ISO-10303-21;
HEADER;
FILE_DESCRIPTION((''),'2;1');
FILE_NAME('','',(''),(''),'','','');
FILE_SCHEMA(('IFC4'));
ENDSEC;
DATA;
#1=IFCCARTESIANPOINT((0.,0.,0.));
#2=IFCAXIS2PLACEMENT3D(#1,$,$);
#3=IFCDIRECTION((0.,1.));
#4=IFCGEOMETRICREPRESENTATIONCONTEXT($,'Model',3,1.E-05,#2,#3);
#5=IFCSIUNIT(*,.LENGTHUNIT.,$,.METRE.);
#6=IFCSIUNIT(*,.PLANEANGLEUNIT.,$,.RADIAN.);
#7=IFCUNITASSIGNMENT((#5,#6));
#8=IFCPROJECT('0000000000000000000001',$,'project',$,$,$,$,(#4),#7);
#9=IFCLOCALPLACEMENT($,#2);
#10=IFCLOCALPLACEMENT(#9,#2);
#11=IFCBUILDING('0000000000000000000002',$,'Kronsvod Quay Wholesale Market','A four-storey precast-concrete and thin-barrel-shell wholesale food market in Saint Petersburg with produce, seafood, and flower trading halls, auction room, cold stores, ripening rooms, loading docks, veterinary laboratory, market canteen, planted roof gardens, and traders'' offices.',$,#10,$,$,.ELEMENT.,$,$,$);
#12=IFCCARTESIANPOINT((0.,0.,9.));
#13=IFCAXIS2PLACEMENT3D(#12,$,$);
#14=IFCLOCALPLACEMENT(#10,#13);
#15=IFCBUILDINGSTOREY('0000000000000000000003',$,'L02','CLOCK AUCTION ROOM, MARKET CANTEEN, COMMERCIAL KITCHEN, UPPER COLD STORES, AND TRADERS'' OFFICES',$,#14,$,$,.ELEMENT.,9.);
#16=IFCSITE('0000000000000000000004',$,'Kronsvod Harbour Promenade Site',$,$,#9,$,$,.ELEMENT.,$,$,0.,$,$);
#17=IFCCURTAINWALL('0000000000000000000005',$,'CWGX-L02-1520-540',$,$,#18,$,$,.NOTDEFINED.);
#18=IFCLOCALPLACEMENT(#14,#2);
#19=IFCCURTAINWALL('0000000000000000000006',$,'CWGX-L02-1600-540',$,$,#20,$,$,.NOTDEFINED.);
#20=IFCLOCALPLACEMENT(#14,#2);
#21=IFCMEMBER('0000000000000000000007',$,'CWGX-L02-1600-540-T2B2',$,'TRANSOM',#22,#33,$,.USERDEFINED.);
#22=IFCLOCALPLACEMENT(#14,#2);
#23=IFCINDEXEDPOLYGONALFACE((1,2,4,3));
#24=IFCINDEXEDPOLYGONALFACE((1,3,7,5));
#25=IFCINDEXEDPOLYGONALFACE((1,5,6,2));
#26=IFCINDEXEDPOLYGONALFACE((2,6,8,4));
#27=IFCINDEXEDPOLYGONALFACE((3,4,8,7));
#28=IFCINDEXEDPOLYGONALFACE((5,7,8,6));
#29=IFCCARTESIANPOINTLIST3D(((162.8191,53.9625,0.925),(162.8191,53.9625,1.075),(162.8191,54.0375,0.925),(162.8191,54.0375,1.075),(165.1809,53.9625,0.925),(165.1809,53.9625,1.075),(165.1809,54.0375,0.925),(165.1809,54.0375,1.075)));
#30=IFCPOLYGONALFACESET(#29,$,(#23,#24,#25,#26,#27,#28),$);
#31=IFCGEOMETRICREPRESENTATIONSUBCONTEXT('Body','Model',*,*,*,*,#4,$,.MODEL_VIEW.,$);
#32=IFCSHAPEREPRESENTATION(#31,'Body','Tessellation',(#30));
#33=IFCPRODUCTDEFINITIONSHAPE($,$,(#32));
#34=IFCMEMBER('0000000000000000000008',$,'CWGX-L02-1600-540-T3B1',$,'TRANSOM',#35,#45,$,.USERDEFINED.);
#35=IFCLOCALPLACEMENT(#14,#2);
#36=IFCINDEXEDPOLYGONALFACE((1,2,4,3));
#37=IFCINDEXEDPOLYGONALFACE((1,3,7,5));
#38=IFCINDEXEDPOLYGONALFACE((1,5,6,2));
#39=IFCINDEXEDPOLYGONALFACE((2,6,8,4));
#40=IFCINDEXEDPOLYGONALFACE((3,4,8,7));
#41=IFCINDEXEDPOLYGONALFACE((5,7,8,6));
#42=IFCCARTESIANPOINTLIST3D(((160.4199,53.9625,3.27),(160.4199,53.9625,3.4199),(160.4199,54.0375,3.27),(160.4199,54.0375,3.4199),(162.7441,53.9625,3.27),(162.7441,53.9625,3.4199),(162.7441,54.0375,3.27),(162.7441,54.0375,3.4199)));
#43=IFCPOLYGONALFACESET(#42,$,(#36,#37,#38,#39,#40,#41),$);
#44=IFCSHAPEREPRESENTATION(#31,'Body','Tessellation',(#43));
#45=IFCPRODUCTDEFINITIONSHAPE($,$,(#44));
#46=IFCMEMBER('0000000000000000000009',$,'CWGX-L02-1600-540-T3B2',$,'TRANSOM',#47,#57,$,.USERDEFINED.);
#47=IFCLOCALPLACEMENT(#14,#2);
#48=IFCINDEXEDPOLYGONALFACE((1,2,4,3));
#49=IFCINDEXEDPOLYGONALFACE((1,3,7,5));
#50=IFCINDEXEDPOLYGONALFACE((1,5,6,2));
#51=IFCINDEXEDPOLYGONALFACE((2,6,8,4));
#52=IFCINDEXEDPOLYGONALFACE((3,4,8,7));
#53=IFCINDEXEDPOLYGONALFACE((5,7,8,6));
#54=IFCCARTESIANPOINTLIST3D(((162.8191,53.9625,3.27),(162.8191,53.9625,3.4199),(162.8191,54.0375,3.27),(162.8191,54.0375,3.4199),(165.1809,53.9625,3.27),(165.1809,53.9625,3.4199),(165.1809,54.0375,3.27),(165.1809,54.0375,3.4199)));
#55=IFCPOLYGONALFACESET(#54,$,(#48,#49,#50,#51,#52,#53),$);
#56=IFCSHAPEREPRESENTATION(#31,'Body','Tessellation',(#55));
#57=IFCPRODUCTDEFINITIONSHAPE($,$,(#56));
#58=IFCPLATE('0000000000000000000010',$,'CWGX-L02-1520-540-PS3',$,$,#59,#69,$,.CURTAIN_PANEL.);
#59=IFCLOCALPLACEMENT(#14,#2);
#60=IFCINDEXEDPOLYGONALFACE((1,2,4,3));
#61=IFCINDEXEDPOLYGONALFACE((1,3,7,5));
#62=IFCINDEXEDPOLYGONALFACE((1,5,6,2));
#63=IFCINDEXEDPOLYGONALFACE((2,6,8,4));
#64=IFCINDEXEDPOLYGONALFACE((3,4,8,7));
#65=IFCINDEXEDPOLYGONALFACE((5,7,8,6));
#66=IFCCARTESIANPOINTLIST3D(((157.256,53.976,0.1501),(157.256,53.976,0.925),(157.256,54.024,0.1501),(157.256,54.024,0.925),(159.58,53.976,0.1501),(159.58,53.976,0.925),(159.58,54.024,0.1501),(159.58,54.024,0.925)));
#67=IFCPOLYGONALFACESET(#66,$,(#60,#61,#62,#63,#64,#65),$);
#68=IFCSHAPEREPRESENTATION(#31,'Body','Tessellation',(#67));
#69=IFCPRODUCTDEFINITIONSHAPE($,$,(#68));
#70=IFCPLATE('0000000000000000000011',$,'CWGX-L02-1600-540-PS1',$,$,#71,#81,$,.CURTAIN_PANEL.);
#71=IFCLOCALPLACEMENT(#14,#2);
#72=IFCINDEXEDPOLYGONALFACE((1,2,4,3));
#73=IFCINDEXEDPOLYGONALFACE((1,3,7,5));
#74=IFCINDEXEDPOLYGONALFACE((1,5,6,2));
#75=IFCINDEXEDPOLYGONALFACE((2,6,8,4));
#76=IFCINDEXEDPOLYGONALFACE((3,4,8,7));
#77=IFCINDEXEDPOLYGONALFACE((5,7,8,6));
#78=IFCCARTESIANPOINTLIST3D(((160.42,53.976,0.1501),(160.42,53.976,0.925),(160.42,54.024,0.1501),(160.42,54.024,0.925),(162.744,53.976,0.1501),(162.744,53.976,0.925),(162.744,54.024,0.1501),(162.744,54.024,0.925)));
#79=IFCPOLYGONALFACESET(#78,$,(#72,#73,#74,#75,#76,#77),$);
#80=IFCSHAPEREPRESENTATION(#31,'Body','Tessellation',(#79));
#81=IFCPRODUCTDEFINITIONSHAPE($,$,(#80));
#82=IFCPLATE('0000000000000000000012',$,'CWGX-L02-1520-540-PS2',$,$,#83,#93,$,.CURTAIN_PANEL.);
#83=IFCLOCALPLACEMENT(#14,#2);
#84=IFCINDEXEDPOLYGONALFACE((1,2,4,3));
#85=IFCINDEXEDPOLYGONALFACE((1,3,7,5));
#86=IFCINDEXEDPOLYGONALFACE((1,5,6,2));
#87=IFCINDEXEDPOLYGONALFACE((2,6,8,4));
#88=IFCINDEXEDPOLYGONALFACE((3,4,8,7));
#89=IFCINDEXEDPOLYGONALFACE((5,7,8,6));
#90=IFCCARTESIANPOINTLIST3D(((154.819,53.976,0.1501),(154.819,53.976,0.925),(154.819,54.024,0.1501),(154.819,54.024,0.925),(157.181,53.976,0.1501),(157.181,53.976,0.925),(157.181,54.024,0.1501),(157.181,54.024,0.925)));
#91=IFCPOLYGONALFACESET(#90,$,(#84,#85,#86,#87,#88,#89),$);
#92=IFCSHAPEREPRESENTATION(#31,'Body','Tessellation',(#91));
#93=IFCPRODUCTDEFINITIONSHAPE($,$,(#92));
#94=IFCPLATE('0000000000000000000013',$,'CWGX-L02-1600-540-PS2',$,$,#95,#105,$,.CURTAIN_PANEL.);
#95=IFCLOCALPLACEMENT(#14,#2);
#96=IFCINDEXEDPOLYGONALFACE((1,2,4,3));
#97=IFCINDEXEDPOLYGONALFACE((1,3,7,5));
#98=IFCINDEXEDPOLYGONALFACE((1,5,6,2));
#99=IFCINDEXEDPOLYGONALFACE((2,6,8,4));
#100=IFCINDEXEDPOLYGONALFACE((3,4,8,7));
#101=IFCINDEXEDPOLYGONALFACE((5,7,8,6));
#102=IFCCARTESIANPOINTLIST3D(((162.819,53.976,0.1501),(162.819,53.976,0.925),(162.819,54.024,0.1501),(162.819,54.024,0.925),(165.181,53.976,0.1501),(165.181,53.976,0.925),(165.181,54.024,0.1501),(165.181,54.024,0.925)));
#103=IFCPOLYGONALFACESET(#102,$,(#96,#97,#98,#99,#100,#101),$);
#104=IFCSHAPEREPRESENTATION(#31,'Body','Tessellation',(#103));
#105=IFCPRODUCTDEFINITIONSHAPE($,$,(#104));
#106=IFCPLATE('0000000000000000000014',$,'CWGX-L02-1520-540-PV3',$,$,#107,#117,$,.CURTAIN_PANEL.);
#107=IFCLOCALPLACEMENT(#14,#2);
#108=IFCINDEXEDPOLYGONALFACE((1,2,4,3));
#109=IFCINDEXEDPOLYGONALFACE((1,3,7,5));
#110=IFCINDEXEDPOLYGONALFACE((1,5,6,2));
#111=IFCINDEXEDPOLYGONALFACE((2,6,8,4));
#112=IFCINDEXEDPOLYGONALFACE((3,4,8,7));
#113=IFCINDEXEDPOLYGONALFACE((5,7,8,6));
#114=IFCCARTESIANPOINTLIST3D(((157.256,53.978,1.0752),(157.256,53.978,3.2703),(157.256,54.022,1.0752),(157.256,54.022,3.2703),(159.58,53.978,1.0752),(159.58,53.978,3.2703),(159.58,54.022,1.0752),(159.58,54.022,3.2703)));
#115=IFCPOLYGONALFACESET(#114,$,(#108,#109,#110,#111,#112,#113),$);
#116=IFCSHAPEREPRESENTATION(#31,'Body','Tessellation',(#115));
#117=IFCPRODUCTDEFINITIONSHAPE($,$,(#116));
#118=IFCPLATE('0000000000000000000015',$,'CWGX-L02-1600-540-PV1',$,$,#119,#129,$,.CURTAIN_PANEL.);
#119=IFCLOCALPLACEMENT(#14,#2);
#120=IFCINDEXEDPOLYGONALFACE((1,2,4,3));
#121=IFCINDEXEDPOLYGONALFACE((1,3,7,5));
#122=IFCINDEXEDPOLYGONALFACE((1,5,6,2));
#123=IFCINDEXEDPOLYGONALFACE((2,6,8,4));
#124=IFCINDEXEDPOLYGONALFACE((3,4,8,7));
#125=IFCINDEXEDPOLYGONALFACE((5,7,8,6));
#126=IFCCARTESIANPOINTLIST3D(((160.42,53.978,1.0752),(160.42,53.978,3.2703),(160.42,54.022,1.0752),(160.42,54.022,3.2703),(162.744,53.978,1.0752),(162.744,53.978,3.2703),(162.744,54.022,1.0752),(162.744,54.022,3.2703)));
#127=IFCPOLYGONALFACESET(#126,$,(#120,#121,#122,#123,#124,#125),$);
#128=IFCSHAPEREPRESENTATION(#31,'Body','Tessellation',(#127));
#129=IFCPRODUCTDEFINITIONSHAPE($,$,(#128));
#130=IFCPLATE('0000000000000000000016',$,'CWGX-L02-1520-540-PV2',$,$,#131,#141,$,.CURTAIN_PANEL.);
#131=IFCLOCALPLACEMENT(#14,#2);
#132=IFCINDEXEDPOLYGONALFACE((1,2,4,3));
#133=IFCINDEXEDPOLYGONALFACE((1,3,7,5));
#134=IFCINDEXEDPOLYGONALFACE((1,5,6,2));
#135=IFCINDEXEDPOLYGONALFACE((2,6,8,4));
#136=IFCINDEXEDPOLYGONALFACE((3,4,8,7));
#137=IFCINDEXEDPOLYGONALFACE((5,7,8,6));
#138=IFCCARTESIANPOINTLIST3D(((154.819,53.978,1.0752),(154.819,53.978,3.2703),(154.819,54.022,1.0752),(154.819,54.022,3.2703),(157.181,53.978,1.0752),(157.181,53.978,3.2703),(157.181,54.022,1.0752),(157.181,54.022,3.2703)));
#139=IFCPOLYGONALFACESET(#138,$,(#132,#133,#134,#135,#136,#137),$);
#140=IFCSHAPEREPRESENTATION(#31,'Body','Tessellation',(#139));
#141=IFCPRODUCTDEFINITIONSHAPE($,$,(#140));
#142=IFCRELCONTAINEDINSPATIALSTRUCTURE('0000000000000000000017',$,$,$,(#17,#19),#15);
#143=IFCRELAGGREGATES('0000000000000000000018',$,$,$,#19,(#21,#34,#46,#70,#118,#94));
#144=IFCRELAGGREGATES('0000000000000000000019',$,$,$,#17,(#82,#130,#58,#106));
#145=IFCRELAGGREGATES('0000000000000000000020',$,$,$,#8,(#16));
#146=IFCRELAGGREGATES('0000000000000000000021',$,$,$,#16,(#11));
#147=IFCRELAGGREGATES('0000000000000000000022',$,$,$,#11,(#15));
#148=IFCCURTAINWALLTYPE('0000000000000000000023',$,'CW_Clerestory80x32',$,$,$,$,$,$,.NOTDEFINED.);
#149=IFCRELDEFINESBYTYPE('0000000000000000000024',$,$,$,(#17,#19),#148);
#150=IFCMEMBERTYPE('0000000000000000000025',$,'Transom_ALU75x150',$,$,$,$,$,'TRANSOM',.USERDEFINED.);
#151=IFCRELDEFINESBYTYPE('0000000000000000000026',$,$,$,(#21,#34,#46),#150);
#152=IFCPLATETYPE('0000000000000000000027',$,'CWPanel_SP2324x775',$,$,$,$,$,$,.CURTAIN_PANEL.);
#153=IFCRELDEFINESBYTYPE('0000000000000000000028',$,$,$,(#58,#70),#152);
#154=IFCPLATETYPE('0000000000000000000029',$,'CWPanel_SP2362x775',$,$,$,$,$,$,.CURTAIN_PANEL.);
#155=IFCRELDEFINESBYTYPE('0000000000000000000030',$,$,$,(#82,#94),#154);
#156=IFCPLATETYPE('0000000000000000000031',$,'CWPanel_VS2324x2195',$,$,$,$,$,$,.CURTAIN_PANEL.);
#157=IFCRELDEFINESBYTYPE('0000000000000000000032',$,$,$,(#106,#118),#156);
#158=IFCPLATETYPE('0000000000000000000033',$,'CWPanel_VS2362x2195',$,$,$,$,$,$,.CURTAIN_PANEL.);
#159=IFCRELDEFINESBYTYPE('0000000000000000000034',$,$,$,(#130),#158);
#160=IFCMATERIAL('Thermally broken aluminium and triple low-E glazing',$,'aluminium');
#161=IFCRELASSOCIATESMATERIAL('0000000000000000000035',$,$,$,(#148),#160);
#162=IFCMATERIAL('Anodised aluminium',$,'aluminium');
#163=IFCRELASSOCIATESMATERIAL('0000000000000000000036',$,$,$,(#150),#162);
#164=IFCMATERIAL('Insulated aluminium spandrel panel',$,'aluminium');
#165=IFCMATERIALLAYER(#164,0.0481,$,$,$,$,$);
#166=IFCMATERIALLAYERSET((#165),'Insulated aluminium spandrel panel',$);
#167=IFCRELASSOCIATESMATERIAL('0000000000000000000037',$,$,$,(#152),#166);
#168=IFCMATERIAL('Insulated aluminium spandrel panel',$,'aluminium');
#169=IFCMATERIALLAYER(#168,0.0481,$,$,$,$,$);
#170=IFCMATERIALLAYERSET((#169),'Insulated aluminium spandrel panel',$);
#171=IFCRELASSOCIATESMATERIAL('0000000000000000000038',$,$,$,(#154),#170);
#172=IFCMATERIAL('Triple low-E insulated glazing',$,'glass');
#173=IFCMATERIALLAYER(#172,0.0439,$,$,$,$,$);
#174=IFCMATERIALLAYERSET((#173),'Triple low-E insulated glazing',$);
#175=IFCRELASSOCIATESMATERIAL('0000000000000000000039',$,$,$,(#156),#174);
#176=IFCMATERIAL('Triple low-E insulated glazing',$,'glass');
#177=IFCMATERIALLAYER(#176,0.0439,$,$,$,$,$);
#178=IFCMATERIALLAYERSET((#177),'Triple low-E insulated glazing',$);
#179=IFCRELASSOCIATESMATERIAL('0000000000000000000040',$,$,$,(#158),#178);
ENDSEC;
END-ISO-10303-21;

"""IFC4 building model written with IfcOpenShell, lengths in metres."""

from ifc_helpers import new_model, si_unit, direction, frame, origin, origin_2d, place, context, subcontext, project, spatial, rectangle, extrude, material, layer, layer_set, material_profile, profile_set, type_object, element, aggregate, save


model = new_model("IFC4")

# Units and contexts
model_context = context("Model", 3, precision=1e-05, world=origin(), true_north=direction((0.0, 1.0)))
body_context = subcontext(model_context, "Body", "Model", "MODEL_VIEW")
ifc_project = project(units=[si_unit("LENGTHUNIT", "METRE"), si_unit("PLANEANGLEUNIT", "RADIAN")], contexts=[model_context])

# Site, building, storey
site_placement = place(None, origin())
site = spatial("IfcSite", under=ifc_project, at=site_placement, Name="Kronsvod Harbour Promenade Site", CompositionType="ELEMENT", RefElevation=0.0)
building_placement = place(site_placement, origin())
building = spatial("IfcBuilding", under=site, at=building_placement, Name="Kronsvod Quay Wholesale Market", Description="A four-storey precast-concrete and thin-barrel-shell wholesale food market in Saint Petersburg with produce, seafood, and flower trading halls, auction room, cold stores, ripening rooms, loading docks, veterinary laboratory, market canteen, planted roof gardens, and traders' offices.", CompositionType="ELEMENT")
storey_placement = place(building_placement, frame((0.0, 0.0, 9.0)))
storey = spatial("IfcBuildingStorey", under=building, at=storey_placement, Name="L02", Description="CLOCK AUCTION ROOM, MARKET CANTEEN, COMMERCIAL KITCHEN, UPPER COLD STORES, AND TRADERS' OFFICES", CompositionType="ELEMENT", Elevation=9.0)

# Curtain walls
ifc_material_1 = material(Name="Thermally broken aluminium and triple low-E glazing", Category="aluminium")
curtain_wall_type = type_object("IfcCurtainWallType", Name="CW_Clerestory80x32", PredefinedType="NOTDEFINED", material=ifc_material_1)
curtain_wall_1_placement = place(storey_placement, origin())
curtain_wall_1 = element("IfcCurtainWall", 1, at=curtain_wall_1_placement, inside=storey, type_object=curtain_wall_type, Name="CWGX-L02-1520-540", PredefinedType="NOTDEFINED")
curtain_wall_2_placement = place(storey_placement, origin())
curtain_wall_2 = element("IfcCurtainWall", 2, at=curtain_wall_2_placement, inside=storey, type_object=curtain_wall_type, Name="CWGX-L02-1600-540", PredefinedType="NOTDEFINED")

# Members
ifc_material_2 = material(Name="Anodised aluminium", Category="aluminium")
ifc_material_profile_1 = material_profile(ifc_material_2, rectangle(XDim=0.075, YDim=0.1499, at=origin_2d()), Name="ALUT75x150")
ifc_profile_set_1 = profile_set([ifc_material_profile_1], Name="Anodised aluminium")
member_type_1 = type_object("IfcMemberType", Name="Transom_ALU75x150", ElementType="TRANSOM", PredefinedType="USERDEFINED", material=ifc_profile_set_1)
member_1_placement = place(storey_placement, frame((162.8191, 54.0, 1.0), z_axis=(1.0, 0.0, 0.0), x_axis=(0.0, 1.0, 0.0)))
member_1 = element("IfcMember", 3, at=member_1_placement, type_object=member_type_1, Name="CWGX-L02-1600-540-T2B2", ObjectType="TRANSOM", PredefinedType="USERDEFINED", context=body_context, shape_type="SweptSolid", body=[
    extrude(rectangle(XDim=0.075, YDim=0.1499, at=origin_2d()), origin(), (0.0, 0.0, 1.0), 2.3618),
])
member_2_placement = place(storey_placement, frame((160.4199, 54.0, 3.345), z_axis=(1.0, 0.0, 0.0), x_axis=(0.0, 1.0, 0.0)))
member_2 = element("IfcMember", 4, at=member_2_placement, type_object=member_type_1, Name="CWGX-L02-1600-540-T3B1", ObjectType="TRANSOM", PredefinedType="USERDEFINED", context=body_context, shape_type="SweptSolid", body=[
    extrude(rectangle(XDim=0.075, YDim=0.1499, at=origin_2d()), origin(), (0.0, 0.0, 1.0), 2.3242),
])
member_3_placement = place(storey_placement, frame((162.8191, 54.0, 3.345), z_axis=(1.0, 0.0, 0.0), x_axis=(0.0, 1.0, 0.0)))
member_3 = element("IfcMember", 5, at=member_3_placement, type_object=member_type_1, Name="CWGX-L02-1600-540-T3B2", ObjectType="TRANSOM", PredefinedType="USERDEFINED", context=body_context, shape_type="SweptSolid", body=[
    extrude(rectangle(XDim=0.075, YDim=0.1499, at=origin_2d()), origin(), (0.0, 0.0, 1.0), 2.3618),
])

# Plates
ifc_material_3 = material(Name="Insulated aluminium spandrel panel", Category="aluminium")
ifc_layer_1 = layer(ifc_material_3, 0.0481)
ifc_layer_set_1 = layer_set([ifc_layer_1], Name="Insulated aluminium spandrel panel")
plate_type_1 = type_object("IfcPlateType", Name="CWPanel_SP2324x775", PredefinedType="CURTAIN_PANEL", material=ifc_layer_set_1)
plate_1_placement = place(storey_placement, frame((158.418, 54.0, 0.1501), z_axis=(0.0, 0.0, 1.0), x_axis=(1.0, 0.0, 0.0)))
plate_1 = element("IfcPlate", 6, at=plate_1_placement, type_object=plate_type_1, Name="CWGX-L02-1520-540-PS3", PredefinedType="CURTAIN_PANEL", context=body_context, shape_type="SweptSolid", body=[
    extrude(rectangle(XDim=2.324, YDim=0.0481, at=origin_2d()), origin(), (0.0, 0.0, 1.0), 0.7749),
])
plate_2_placement = place(storey_placement, frame((161.582, 54.0, 0.1501), z_axis=(0.0, 0.0, 1.0), x_axis=(1.0, 0.0, 0.0)))
plate_2 = element("IfcPlate", 7, at=plate_2_placement, type_object=plate_type_1, Name="CWGX-L02-1600-540-PS1", PredefinedType="CURTAIN_PANEL", context=body_context, shape_type="SweptSolid", body=[
    extrude(rectangle(XDim=2.324, YDim=0.0481, at=origin_2d()), origin(), (0.0, 0.0, 1.0), 0.7749),
])
ifc_material_4 = material(Name="Insulated aluminium spandrel panel", Category="aluminium")
ifc_layer_2 = layer(ifc_material_4, 0.0481)
ifc_layer_set_2 = layer_set([ifc_layer_2], Name="Insulated aluminium spandrel panel")
plate_type_2 = type_object("IfcPlateType", Name="CWPanel_SP2362x775", PredefinedType="CURTAIN_PANEL", material=ifc_layer_set_2)
plate_3_placement = place(storey_placement, frame((156.0, 54.0, 0.1501), z_axis=(0.0, 0.0, 1.0), x_axis=(1.0, 0.0, 0.0)))
plate_3 = element("IfcPlate", 8, at=plate_3_placement, type_object=plate_type_2, Name="CWGX-L02-1520-540-PS2", PredefinedType="CURTAIN_PANEL", context=body_context, shape_type="SweptSolid", body=[
    extrude(rectangle(XDim=2.3621, YDim=0.0481, at=origin_2d()), origin(), (0.0, 0.0, 1.0), 0.7749),
])
plate_4_placement = place(storey_placement, frame((164.0, 54.0, 0.1501), z_axis=(0.0, 0.0, 1.0), x_axis=(1.0, 0.0, 0.0)))
plate_4 = element("IfcPlate", 9, at=plate_4_placement, type_object=plate_type_2, Name="CWGX-L02-1600-540-PS2", PredefinedType="CURTAIN_PANEL", context=body_context, shape_type="SweptSolid", body=[
    extrude(rectangle(XDim=2.3621, YDim=0.0481, at=origin_2d()), origin(), (0.0, 0.0, 1.0), 0.7749),
])
ifc_material_5 = material(Name="Triple low-E insulated glazing", Category="glass")
ifc_layer_3 = layer(ifc_material_5, 0.0439)
ifc_layer_set_3 = layer_set([ifc_layer_3], Name="Triple low-E insulated glazing")
plate_type_3 = type_object("IfcPlateType", Name="CWPanel_VS2324x2195", PredefinedType="CURTAIN_PANEL", material=ifc_layer_set_3)
plate_5_placement = place(storey_placement, frame((158.418, 54.0, 1.0752), z_axis=(0.0, 0.0, 1.0), x_axis=(1.0, 0.0, 0.0)))
plate_5 = element("IfcPlate", 10, at=plate_5_placement, type_object=plate_type_3, Name="CWGX-L02-1520-540-PV3", PredefinedType="CURTAIN_PANEL", context=body_context, shape_type="SweptSolid", body=[
    extrude(rectangle(XDim=2.324, YDim=0.0439, at=origin_2d()), origin(), (0.0, 0.0, 1.0), 2.1951),
])
plate_6_placement = place(storey_placement, frame((161.582, 54.0, 1.0752), z_axis=(0.0, 0.0, 1.0), x_axis=(1.0, 0.0, 0.0)))
plate_6 = element("IfcPlate", 11, at=plate_6_placement, type_object=plate_type_3, Name="CWGX-L02-1600-540-PV1", PredefinedType="CURTAIN_PANEL", context=body_context, shape_type="SweptSolid", body=[
    extrude(rectangle(XDim=2.324, YDim=0.0439, at=origin_2d()), origin(), (0.0, 0.0, 1.0), 2.1951),
])
aggregate(curtain_wall_2, [member_1, member_2, member_3, plate_2, plate_6, plate_4])
ifc_material_6 = material(Name="Triple low-E insulated glazing", Category="glass")
ifc_layer_4 = layer(ifc_material_6, 0.0439)
ifc_layer_set_4 = layer_set([ifc_layer_4], Name="Triple low-E insulated glazing")
plate_type_4 = type_object("IfcPlateType", Name="CWPanel_VS2362x2195", PredefinedType="CURTAIN_PANEL", material=ifc_layer_set_4)
plate_7_placement = place(storey_placement, frame((156.0, 54.0, 1.0752), z_axis=(0.0, 0.0, 1.0), x_axis=(1.0, 0.0, 0.0)))
plate_7 = element("IfcPlate", 12, at=plate_7_placement, type_object=plate_type_4, Name="CWGX-L02-1520-540-PV2", PredefinedType="CURTAIN_PANEL", context=body_context, shape_type="SweptSolid", body=[
    extrude(rectangle(XDim=2.3621, YDim=0.0439, at=origin_2d()), origin(), (0.0, 0.0, 1.0), 2.1951),
])
aggregate(curtain_wall_1, [plate_3, plate_7, plate_1, plate_5])

save(model, "model.ifc")
